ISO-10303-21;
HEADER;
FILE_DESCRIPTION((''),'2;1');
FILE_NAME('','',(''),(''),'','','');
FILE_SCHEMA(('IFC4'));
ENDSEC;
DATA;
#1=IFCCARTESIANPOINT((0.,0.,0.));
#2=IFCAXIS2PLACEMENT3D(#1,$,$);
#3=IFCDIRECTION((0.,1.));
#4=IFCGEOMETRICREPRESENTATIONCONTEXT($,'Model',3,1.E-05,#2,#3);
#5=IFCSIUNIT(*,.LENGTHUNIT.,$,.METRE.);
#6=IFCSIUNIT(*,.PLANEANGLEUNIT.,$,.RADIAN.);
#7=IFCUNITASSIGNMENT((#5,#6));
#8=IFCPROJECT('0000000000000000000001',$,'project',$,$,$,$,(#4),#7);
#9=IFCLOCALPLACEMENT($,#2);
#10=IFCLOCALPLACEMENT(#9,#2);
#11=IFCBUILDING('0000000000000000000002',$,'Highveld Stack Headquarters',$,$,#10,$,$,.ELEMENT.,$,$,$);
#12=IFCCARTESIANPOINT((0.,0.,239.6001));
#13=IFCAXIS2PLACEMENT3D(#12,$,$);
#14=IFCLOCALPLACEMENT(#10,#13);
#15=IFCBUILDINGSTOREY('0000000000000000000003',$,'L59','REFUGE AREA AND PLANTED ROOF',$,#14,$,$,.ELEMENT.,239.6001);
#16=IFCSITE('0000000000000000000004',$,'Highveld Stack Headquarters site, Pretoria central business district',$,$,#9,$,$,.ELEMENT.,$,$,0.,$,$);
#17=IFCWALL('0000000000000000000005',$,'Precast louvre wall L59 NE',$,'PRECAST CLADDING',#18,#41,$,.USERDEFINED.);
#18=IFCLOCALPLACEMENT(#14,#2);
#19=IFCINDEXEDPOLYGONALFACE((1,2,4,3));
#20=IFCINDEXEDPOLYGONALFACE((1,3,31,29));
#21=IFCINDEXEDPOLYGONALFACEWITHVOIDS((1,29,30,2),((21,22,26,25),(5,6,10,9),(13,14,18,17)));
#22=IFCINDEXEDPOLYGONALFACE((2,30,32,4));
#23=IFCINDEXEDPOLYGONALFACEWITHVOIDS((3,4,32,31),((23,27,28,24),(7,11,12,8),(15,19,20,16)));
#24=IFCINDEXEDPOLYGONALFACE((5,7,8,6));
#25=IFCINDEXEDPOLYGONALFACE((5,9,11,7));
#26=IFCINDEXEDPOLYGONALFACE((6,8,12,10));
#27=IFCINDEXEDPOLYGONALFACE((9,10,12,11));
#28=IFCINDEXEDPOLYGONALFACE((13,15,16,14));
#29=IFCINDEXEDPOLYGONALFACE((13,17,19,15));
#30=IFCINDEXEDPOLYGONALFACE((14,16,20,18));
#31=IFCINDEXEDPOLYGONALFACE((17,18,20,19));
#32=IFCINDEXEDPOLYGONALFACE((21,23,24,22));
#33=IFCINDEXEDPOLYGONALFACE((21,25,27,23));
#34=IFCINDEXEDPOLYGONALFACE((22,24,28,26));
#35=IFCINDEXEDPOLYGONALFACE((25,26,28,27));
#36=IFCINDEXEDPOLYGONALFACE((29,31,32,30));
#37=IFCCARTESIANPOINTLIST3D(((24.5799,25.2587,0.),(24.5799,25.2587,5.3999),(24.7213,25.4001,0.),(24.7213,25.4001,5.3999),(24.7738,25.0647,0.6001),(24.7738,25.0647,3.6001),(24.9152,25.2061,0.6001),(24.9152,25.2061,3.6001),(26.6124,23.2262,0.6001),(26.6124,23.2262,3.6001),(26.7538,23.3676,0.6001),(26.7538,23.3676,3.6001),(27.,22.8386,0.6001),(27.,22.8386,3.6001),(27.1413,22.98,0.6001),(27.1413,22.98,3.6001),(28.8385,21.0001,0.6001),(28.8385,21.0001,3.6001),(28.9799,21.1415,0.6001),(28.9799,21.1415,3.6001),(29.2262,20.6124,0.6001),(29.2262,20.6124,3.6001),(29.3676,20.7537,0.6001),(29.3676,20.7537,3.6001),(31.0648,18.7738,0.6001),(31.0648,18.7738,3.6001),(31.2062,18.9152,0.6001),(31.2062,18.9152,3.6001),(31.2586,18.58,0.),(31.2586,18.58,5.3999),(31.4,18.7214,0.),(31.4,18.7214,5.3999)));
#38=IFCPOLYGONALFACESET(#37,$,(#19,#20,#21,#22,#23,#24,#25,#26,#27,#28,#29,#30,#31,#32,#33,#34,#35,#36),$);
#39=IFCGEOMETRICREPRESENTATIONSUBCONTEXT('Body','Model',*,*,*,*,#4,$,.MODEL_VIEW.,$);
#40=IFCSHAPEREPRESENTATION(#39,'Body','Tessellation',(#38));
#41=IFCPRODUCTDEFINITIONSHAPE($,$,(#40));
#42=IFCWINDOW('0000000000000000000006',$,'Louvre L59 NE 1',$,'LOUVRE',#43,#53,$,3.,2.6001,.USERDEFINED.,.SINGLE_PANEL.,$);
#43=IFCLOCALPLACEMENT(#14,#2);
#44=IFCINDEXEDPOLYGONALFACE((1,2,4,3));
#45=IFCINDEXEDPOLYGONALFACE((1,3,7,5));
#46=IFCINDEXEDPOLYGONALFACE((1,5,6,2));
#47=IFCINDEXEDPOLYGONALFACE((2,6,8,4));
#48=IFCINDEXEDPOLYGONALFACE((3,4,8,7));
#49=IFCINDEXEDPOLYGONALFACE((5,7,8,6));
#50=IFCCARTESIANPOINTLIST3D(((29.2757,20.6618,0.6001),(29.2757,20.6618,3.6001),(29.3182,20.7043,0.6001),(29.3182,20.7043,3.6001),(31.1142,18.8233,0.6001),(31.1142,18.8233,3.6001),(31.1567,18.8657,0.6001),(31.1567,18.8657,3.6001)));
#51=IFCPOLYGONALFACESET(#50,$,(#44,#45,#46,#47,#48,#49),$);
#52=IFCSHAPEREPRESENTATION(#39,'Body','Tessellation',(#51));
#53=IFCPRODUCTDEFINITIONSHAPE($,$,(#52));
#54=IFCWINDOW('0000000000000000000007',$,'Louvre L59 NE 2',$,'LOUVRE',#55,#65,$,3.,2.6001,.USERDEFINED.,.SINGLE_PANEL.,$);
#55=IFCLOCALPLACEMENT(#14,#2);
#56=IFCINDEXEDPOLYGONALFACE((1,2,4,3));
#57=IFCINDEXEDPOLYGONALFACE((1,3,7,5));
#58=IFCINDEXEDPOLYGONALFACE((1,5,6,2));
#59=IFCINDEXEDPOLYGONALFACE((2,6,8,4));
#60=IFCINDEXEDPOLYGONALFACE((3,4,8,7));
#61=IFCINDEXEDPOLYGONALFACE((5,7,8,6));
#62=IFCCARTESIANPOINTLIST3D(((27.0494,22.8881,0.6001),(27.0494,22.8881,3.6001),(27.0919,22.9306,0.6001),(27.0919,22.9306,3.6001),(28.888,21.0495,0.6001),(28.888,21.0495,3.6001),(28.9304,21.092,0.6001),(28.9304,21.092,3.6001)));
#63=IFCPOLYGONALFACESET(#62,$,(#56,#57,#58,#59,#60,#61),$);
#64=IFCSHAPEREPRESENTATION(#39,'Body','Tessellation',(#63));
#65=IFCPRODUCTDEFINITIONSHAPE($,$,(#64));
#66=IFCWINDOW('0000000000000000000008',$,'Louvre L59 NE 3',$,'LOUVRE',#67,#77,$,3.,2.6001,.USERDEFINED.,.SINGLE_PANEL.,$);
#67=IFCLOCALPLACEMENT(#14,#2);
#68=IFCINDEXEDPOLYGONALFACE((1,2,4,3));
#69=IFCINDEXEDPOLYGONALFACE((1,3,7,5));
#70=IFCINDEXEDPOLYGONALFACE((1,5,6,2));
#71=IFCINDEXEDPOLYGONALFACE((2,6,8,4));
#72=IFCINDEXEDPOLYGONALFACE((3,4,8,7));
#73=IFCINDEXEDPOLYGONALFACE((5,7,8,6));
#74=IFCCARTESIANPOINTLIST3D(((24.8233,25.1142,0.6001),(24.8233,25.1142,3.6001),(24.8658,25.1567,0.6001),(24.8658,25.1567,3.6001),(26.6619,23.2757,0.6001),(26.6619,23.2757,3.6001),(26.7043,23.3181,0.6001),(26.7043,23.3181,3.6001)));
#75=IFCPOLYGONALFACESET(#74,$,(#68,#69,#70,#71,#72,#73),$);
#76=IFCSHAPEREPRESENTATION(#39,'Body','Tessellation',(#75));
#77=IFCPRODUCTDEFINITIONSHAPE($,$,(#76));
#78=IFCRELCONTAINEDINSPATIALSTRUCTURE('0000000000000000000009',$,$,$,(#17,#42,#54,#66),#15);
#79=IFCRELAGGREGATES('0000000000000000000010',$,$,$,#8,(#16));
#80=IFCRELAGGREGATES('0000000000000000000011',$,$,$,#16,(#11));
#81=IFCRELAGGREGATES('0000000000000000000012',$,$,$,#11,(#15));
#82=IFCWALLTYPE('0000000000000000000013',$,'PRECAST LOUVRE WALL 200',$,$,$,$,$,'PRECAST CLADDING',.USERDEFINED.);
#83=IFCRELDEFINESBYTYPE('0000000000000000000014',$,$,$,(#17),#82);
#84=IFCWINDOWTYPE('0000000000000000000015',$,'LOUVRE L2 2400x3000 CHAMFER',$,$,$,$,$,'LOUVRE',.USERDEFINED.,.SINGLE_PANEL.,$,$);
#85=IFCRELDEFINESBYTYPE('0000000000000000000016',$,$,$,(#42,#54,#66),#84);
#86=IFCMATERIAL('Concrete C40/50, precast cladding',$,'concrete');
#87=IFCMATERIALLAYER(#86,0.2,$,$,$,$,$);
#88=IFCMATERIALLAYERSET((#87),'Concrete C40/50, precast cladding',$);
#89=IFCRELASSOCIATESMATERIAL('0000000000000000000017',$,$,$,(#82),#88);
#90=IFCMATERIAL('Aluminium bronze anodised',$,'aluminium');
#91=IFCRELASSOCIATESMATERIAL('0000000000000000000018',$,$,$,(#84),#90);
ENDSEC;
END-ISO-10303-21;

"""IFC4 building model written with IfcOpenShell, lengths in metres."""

from ifc_helpers import new_model, si_unit, direction, frame, frame_2d, origin, place, context, subcontext, project, spatial, rectangle, extrude, material, layer, layer_set, type_object, element, fill, save


model = new_model("IFC4")

# Units and contexts
model_context = context("Model", 3, precision=1e-05, world=origin(), true_north=direction((0.0, 1.0)))
body_context = subcontext(model_context, "Body", "Model", "MODEL_VIEW")
ifc_project = project(units=[si_unit("LENGTHUNIT", "METRE"), si_unit("PLANEANGLEUNIT", "RADIAN")], contexts=[model_context])

# Site, building, storey
site_placement = place(None, origin())
site = spatial("IfcSite", under=ifc_project, at=site_placement, Name="Highveld Stack Headquarters site, Pretoria central business district", CompositionType="ELEMENT", RefElevation=0.0)
building_placement = place(site_placement, origin())
building = spatial("IfcBuilding", under=site, at=building_placement, Name="Highveld Stack Headquarters", CompositionType="ELEMENT")
storey_placement = place(building_placement, frame((0.0, 0.0, 239.6001)))
storey = spatial("IfcBuildingStorey", under=building, at=storey_placement, Name="L59", Description="REFUGE AREA AND PLANTED ROOF", CompositionType="ELEMENT", Elevation=239.6001)

# Wall, openings, windows
ifc_material_1 = material(Name="Concrete C40/50, precast cladding", Category="concrete")
ifc_layer_1 = layer(ifc_material_1, 0.2)
ifc_layer_set_1 = layer_set([ifc_layer_1], Name="Concrete C40/50, precast cladding")
wall_type_1 = type_object("IfcWallType", Name="PRECAST LOUVRE WALL 200", ElementType="PRECAST CLADDING", PredefinedType="USERDEFINED", material=ifc_layer_set_1)
wall_1_placement = place(storey_placement, frame((31.3293, 18.6506, 0.0), z_axis=(0.0, 0.0, 1.0), x_axis=(-0.707107, 0.707107, 0.0)))
wall_1 = element("IfcWall", 1, at=wall_1_placement, inside=storey, type_object=wall_type_1, Name="Precast louvre wall L59 NE", ObjectType="PRECAST CLADDING", PredefinedType="USERDEFINED", context=body_context, shape_type="SweptSolid", body=[
    extrude(rectangle(XDim=9.4451, YDim=0.2, at=frame_2d((4.7227, 0.0))), origin(), (0.0, 0.0, 1.0), 5.3999),
])
opening_1_placement = place(wall_1_placement, frame((0.2742, 0.0, 0.6001)))
opening_1 = element("IfcOpeningElement", 2, at=opening_1_placement, cuts=wall_1, PredefinedType="OPENING", context=body_context, shape_type="SweptSolid", body=[
    extrude(rectangle(XDim=2.6001, YDim=3.0, at=frame_2d((1.3, 1.5))), frame((0.0, 0.1099, 0.0), z_axis=(0.0, -1.0, 0.0), x_axis=(1.0, 0.0, 0.0)), (0.0, 0.0, 1.0), 0.22),
])
opening_2_placement = place(wall_1_placement, frame((3.4226, 0.0, 0.6001)))
opening_2 = element("IfcOpeningElement", 3, at=opening_2_placement, cuts=wall_1, PredefinedType="OPENING", context=body_context, shape_type="SweptSolid", body=[
    extrude(rectangle(XDim=2.6001, YDim=3.0, at=frame_2d((1.3, 1.5))), frame((0.0, 0.1099, 0.0), z_axis=(0.0, -1.0, 0.0), x_axis=(1.0, 0.0, 0.0)), (0.0, 0.0, 1.0), 0.22),
])
opening_3_placement = place(wall_1_placement, frame((6.5708, 0.0, 0.6001)))
opening_3 = element("IfcOpeningElement", 4, at=opening_3_placement, cuts=wall_1, PredefinedType="OPENING", context=body_context, shape_type="SweptSolid", body=[
    extrude(rectangle(XDim=2.6001, YDim=3.0, at=frame_2d((1.3, 1.5))), frame((0.0, 0.1099, 0.0), z_axis=(0.0, -1.0, 0.0), x_axis=(1.0, 0.0, 0.0)), (0.0, 0.0, 1.0), 0.22),
])
ifc_material_2 = material(Name="Aluminium bronze anodised", Category="aluminium")
window_type_1 = type_object("IfcWindowType", Name="LOUVRE L2 2400x3000 CHAMFER", ElementType="LOUVRE", PartitioningType="SINGLE_PANEL", PredefinedType="USERDEFINED", material=ifc_material_2)
window_1_placement = place(opening_1_placement, origin())
window_1 = element("IfcWindow", 5, at=window_1_placement, inside=storey, type_object=window_type_1, Name="Louvre L59 NE 1", ObjectType="LOUVRE", OverallHeight=3.0, OverallWidth=2.6001, PartitioningType="SINGLE_PANEL", PredefinedType="USERDEFINED", context=body_context, shape_type="SweptSolid", body=[
    extrude(rectangle(XDim=2.6001, YDim=3.0, at=frame_2d((1.3, 1.5))), frame((0.0, 0.03, 0.0), z_axis=(0.0, -1.0, 0.0), x_axis=(1.0, 0.0, 0.0)), (0.0, 0.0, 1.0), 0.0601),
])
fill(opening_1, window_1)
window_2_placement = place(opening_2_placement, origin())
window_2 = element("IfcWindow", 6, at=window_2_placement, inside=storey, type_object=window_type_1, Name="Louvre L59 NE 2", ObjectType="LOUVRE", OverallHeight=3.0, OverallWidth=2.6001, PartitioningType="SINGLE_PANEL", PredefinedType="USERDEFINED", context=body_context, shape_type="SweptSolid", body=[
    extrude(rectangle(XDim=2.6001, YDim=3.0, at=frame_2d((1.3, 1.5))), frame((0.0, 0.03, 0.0), z_axis=(0.0, -1.0, 0.0), x_axis=(1.0, 0.0, 0.0)), (0.0, 0.0, 1.0), 0.0601),
])
fill(opening_2, window_2)
window_3_placement = place(opening_3_placement, origin())
window_3 = element("IfcWindow", 7, at=window_3_placement, inside=storey, type_object=window_type_1, Name="Louvre L59 NE 3", ObjectType="LOUVRE", OverallHeight=3.0, OverallWidth=2.6001, PartitioningType="SINGLE_PANEL", PredefinedType="USERDEFINED", context=body_context, shape_type="SweptSolid", body=[
    extrude(rectangle(XDim=2.6001, YDim=3.0, at=frame_2d((1.3, 1.5))), frame((0.0, 0.03, 0.0), z_axis=(0.0, -1.0, 0.0), x_axis=(1.0, 0.0, 0.0)), (0.0, 0.0, 1.0), 0.0601),
])
fill(opening_3, window_3)

save(model, "model.ifc")
